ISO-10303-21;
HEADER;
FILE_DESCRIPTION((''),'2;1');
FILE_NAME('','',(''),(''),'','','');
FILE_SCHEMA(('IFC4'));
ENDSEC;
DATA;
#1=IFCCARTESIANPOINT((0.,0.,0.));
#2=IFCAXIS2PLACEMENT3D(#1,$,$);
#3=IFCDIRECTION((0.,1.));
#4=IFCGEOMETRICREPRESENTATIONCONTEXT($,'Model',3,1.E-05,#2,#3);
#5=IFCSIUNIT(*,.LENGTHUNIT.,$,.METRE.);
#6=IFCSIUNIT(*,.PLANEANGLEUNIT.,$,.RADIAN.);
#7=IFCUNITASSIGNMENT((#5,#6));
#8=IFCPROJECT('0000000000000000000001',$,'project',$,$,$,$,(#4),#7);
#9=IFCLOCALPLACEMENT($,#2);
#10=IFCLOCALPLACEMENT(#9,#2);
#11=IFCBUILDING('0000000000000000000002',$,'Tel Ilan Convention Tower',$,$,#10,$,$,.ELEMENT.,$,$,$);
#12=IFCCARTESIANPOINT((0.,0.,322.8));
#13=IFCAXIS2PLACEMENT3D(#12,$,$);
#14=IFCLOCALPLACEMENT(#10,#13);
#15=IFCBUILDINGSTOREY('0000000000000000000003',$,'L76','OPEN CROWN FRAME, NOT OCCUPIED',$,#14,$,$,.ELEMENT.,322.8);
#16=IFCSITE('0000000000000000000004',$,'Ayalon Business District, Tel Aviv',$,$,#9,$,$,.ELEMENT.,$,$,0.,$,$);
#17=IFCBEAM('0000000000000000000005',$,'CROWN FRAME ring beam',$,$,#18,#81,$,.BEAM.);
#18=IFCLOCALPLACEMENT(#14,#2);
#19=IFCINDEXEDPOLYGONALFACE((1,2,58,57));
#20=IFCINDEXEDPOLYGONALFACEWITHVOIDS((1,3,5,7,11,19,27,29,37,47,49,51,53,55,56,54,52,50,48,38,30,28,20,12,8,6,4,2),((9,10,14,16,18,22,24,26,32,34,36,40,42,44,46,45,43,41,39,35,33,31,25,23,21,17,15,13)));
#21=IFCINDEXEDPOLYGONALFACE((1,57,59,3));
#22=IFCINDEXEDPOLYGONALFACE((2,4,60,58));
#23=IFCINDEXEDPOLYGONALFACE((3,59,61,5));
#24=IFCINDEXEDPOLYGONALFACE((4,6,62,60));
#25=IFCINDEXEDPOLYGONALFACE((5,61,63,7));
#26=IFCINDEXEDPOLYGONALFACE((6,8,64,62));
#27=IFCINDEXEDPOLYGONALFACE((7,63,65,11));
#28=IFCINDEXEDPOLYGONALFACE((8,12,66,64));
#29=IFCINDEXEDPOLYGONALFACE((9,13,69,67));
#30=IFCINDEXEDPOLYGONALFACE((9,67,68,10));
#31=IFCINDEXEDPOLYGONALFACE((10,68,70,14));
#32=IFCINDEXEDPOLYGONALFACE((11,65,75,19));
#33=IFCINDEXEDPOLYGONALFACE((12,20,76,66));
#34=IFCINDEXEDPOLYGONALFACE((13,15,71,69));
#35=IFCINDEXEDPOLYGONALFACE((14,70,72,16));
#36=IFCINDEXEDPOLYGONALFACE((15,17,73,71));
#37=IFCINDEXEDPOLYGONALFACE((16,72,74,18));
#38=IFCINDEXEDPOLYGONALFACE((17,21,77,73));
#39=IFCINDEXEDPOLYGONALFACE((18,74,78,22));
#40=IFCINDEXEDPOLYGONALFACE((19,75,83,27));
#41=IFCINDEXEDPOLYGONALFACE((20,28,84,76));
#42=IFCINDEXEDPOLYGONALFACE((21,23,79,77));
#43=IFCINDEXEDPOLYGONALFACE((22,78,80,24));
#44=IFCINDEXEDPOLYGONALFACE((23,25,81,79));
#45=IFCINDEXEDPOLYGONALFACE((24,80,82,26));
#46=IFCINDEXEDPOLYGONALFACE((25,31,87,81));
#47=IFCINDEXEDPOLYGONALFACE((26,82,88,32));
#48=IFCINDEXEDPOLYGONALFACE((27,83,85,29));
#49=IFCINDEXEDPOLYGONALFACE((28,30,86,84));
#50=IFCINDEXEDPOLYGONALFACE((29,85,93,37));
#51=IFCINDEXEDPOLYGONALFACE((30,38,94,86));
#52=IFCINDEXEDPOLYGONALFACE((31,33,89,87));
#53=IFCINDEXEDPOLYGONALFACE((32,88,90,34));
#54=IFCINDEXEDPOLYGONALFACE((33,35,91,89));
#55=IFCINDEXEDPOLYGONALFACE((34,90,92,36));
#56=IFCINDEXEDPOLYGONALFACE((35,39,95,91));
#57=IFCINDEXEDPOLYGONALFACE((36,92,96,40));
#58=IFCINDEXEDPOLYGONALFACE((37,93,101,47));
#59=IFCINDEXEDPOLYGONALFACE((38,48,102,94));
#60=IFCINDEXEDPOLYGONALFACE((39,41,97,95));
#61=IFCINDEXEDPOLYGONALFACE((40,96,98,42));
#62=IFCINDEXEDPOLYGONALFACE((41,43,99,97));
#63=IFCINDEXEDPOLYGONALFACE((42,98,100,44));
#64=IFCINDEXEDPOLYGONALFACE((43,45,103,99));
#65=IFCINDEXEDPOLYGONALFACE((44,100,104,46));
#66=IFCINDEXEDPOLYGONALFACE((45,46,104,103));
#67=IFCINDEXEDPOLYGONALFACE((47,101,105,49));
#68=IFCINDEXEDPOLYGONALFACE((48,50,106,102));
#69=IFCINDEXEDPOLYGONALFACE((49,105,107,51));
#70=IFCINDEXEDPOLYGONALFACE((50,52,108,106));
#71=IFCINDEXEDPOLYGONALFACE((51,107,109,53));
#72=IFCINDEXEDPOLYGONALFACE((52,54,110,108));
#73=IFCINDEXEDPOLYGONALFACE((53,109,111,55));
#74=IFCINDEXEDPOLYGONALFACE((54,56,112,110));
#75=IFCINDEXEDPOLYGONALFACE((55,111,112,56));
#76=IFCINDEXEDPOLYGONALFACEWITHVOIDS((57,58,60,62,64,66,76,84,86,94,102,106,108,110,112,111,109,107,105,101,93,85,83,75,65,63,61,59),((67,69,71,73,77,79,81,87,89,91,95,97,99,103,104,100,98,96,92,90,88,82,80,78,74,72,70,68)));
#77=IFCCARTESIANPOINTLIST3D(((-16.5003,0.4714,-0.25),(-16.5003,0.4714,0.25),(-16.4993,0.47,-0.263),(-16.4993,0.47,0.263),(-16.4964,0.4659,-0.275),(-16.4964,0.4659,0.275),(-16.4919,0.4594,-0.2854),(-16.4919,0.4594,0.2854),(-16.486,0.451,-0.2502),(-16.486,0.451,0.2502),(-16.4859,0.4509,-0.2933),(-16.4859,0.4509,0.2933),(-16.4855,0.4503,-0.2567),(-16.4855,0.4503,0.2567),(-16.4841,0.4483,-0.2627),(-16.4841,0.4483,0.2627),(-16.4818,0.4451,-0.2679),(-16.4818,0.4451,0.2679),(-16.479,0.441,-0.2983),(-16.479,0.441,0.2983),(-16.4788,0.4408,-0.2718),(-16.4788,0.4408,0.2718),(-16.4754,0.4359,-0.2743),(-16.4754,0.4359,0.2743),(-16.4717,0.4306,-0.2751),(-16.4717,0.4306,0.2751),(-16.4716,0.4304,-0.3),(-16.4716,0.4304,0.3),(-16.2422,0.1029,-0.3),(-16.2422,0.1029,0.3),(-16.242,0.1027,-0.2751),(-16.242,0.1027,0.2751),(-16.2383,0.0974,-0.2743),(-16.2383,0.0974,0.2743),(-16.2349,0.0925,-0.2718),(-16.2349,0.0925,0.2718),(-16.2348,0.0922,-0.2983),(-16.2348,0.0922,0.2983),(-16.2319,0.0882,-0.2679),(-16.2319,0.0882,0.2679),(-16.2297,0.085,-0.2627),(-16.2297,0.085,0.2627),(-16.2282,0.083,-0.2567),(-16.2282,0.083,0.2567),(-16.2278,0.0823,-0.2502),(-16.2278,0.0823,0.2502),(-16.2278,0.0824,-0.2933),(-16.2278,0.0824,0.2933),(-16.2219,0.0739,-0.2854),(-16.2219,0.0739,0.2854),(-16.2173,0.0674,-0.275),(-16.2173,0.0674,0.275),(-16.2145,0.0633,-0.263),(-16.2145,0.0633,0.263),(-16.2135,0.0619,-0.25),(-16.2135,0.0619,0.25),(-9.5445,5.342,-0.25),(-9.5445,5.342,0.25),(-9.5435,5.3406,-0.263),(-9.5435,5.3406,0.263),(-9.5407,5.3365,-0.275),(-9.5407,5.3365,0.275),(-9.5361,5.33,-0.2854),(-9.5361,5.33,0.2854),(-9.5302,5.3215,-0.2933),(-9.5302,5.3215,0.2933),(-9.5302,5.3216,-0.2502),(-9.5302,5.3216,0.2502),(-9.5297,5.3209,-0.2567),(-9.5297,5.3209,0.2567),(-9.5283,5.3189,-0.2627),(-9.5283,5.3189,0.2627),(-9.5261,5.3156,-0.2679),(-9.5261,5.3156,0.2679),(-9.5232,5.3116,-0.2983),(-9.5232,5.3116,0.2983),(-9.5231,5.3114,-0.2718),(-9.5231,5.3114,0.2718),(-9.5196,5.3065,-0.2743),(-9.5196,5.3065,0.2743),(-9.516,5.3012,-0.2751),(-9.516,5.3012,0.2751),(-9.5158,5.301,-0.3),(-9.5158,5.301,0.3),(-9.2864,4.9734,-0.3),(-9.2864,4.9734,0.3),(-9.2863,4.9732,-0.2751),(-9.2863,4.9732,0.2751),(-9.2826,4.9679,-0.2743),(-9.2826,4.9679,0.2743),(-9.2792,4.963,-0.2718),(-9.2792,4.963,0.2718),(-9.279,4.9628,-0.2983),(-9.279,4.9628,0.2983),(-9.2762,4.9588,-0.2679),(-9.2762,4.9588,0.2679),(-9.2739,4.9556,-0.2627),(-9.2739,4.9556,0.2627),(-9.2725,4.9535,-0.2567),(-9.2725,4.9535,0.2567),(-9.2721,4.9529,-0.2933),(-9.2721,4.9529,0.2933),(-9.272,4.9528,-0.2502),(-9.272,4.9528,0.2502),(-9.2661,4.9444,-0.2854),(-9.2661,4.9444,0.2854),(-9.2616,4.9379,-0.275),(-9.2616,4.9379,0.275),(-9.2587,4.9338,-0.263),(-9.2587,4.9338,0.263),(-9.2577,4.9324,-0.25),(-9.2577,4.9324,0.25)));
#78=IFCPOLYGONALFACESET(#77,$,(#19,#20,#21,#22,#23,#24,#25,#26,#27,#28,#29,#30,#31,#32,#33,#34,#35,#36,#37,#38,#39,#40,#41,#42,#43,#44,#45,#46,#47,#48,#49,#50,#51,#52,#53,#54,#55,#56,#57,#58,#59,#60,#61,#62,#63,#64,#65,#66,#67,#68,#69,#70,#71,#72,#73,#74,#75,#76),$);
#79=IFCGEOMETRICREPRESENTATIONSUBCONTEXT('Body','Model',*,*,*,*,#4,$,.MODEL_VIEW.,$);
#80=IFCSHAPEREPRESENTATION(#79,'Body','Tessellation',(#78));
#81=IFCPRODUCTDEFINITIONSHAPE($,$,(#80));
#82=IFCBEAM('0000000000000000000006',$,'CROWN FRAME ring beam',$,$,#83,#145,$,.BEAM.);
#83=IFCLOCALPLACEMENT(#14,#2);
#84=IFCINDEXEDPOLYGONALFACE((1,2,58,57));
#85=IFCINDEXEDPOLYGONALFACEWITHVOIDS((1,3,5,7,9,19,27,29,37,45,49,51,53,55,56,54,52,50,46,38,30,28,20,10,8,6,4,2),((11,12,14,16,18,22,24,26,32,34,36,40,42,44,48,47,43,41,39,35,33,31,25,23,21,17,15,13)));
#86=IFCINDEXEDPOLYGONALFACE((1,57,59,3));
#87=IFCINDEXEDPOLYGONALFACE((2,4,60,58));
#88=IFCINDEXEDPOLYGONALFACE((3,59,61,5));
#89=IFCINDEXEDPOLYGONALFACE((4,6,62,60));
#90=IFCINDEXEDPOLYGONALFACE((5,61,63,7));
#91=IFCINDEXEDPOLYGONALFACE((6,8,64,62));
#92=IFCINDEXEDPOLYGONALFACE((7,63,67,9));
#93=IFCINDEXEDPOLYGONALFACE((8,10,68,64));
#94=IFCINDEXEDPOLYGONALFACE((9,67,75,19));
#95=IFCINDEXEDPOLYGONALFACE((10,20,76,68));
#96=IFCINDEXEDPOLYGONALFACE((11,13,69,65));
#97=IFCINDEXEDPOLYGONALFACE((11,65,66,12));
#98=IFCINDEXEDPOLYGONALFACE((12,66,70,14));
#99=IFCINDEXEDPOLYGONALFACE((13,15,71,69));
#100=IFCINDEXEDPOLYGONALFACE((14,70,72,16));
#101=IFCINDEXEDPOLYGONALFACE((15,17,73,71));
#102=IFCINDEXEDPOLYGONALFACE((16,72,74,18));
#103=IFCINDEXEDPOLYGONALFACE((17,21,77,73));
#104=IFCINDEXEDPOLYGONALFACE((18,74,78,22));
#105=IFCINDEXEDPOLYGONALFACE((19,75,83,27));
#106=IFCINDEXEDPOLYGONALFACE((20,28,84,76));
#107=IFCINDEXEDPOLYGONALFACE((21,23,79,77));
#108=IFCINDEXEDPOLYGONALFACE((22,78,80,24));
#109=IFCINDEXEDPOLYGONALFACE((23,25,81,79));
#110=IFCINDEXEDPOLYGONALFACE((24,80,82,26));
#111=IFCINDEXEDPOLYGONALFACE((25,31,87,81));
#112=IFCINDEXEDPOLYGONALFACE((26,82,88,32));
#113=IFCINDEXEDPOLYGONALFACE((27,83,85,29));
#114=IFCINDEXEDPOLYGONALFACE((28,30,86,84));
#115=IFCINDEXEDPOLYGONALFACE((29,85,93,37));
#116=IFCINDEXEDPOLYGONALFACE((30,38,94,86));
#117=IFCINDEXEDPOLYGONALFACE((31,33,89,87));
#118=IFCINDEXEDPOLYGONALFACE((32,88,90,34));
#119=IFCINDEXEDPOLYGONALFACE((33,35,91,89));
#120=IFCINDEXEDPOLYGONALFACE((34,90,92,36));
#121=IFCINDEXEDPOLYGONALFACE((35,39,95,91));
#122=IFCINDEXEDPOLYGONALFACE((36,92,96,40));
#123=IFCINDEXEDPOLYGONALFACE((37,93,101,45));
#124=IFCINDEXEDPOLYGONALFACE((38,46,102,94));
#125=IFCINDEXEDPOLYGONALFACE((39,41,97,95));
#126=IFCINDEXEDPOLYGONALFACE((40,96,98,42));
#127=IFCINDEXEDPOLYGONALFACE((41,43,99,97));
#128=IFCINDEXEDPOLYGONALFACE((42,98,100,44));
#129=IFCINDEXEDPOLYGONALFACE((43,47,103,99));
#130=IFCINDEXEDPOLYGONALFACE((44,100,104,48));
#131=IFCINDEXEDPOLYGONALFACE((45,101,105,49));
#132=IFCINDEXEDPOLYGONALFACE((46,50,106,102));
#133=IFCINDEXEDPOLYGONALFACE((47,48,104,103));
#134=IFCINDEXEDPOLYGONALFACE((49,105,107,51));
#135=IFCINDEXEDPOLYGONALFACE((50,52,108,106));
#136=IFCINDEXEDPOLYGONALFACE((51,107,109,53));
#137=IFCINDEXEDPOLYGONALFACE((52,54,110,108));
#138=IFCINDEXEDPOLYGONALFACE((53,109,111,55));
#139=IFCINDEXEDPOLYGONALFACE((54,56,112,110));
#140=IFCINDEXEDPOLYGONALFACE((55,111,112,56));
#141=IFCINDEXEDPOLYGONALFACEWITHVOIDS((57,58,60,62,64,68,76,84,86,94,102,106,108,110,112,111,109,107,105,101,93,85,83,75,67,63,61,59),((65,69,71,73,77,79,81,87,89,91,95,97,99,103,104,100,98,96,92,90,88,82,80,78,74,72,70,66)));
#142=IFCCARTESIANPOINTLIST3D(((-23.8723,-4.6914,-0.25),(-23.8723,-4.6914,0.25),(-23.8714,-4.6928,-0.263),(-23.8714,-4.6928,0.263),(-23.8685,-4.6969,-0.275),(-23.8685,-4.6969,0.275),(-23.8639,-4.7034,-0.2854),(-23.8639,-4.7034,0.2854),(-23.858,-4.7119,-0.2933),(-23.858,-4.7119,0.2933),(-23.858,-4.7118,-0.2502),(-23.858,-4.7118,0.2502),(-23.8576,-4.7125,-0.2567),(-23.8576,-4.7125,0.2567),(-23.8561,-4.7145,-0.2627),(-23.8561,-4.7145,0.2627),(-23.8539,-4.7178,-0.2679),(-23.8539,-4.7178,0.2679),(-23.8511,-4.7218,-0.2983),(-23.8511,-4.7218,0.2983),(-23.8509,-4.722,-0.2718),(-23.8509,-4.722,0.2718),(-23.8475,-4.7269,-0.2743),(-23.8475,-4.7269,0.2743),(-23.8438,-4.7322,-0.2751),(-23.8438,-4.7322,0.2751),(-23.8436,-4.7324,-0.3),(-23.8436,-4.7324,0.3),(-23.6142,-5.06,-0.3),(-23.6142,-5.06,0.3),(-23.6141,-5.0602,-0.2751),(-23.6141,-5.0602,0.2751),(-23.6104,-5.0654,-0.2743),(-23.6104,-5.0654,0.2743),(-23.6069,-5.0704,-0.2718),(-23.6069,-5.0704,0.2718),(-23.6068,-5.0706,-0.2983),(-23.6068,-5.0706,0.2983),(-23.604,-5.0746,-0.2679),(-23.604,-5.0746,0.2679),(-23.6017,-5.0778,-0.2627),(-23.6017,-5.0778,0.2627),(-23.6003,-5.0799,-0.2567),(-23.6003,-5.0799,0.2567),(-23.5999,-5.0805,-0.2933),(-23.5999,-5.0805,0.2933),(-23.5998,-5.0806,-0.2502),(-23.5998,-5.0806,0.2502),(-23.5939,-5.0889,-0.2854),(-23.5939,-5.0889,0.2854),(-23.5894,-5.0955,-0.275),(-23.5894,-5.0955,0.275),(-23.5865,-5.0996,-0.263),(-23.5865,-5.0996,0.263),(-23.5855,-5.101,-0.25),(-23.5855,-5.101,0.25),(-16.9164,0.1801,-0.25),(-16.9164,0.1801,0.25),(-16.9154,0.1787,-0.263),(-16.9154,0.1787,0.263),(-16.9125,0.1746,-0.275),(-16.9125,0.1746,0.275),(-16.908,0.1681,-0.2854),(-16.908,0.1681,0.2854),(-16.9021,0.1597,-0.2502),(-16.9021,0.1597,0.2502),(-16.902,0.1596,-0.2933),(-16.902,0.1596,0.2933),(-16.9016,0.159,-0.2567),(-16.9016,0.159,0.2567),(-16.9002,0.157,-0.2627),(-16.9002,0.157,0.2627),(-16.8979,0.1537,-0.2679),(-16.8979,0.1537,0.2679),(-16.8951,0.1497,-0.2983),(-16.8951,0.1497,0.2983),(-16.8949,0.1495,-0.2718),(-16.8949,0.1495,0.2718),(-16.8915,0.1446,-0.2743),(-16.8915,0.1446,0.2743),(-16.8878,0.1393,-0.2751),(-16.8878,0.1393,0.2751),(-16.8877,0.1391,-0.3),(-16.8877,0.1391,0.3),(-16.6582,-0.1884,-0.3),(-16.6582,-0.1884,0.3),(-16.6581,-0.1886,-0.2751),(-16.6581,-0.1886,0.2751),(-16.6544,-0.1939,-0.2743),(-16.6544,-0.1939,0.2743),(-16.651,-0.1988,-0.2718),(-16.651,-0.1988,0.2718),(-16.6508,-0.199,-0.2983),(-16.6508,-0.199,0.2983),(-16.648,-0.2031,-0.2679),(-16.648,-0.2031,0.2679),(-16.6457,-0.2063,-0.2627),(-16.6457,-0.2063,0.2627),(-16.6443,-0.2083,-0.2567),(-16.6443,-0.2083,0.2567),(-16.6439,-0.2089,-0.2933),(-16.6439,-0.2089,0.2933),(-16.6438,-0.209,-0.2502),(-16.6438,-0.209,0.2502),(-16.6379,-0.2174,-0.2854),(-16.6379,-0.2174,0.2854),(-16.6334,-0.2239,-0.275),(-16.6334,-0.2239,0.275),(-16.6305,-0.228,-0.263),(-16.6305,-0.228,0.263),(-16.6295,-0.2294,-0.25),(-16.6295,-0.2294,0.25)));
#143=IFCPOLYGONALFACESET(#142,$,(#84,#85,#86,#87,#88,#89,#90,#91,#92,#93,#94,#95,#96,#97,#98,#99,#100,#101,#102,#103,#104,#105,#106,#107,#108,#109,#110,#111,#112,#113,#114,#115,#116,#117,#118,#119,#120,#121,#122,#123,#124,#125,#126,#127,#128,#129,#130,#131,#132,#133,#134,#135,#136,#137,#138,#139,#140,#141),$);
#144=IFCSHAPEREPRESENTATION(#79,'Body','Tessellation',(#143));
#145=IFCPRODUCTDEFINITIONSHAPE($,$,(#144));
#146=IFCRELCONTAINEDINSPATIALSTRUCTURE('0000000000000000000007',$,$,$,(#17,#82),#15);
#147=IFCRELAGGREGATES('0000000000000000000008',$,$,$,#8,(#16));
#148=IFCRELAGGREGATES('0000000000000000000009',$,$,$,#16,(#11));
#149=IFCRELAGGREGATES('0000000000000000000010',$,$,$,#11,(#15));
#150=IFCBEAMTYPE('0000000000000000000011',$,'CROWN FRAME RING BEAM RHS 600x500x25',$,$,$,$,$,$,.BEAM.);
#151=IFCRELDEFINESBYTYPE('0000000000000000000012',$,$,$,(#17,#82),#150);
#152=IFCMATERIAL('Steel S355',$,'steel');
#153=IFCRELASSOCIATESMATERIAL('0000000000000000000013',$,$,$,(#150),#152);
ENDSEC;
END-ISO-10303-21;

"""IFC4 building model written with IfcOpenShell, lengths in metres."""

from ifc_helpers import new_model, si_unit, direction, frame, origin, origin_2d, place, context, subcontext, project, spatial, hollow_rectangle, extrude, material, material_profile, profile_set, type_object, element, save


model = new_model("IFC4")

# Units and contexts
model_context = context("Model", 3, precision=1e-05, world=origin(), true_north=direction((0.0, 1.0)))
body_context = subcontext(model_context, "Body", "Model", "MODEL_VIEW")
ifc_project = project(units=[si_unit("LENGTHUNIT", "METRE"), si_unit("PLANEANGLEUNIT", "RADIAN")], contexts=[model_context])

# Site, building, storey
site_placement = place(None, origin())
site = spatial("IfcSite", under=ifc_project, at=site_placement, Name="Ayalon Business District, Tel Aviv", CompositionType="ELEMENT", RefElevation=0.0)
building_placement = place(site_placement, origin())
building = spatial("IfcBuilding", under=site, at=building_placement, Name="Tel Ilan Convention Tower", CompositionType="ELEMENT")
storey_placement = place(building_placement, frame((0.0, 0.0, 322.8)))
storey = spatial("IfcBuildingStorey", under=building, at=storey_placement, Name="L76", Description="OPEN CROWN FRAME, NOT OCCUPIED", CompositionType="ELEMENT", Elevation=322.8)

# Beams
ifc_material_1 = material(Name="Steel S355", Category="steel")
ifc_material_profile_1 = material_profile(ifc_material_1, hollow_rectangle(XDim=0.5, YDim=0.6001, WallThickness=0.0249, InnerFilletRadius=0.0249, OuterFilletRadius=0.05, at=origin_2d()), Name="RHS 600x500x25")
ifc_profile_set_1 = profile_set([ifc_material_profile_1], Name="Steel S355")
beam_type = type_object("IfcBeamType", Name="CROWN FRAME RING BEAM RHS 600x500x25", PredefinedType="BEAM", material=ifc_profile_set_1)
beam_1_placement = place(storey_placement, frame((-9.4011, 5.1372, 0.0), z_axis=(-0.819147, -0.573584, 0.0), x_axis=(0.573584, -0.819147, 0.0)))
element("IfcBeam", 1, at=beam_1_placement, inside=storey, type_object=beam_type, Name="CROWN FRAME ring beam", PredefinedType="BEAM", context=body_context, shape_type="SweptSolid", body=[
    extrude(hollow_rectangle(XDim=0.5, YDim=0.6001, WallThickness=0.0249, InnerFilletRadius=0.0249, OuterFilletRadius=0.05, at=origin_2d()), origin(), (0.0, 0.0, 1.0), 8.4915),
])
beam_2_placement = place(storey_placement, frame((-16.7729, -0.0247, 0.0), z_axis=(-0.819102, -0.573648, 0.0), x_axis=(0.573648, -0.819102, 0.0)))
element("IfcBeam", 2, at=beam_2_placement, inside=storey, type_object=beam_type, Name="CROWN FRAME ring beam", PredefinedType="BEAM", context=body_context, shape_type="SweptSolid", body=[
    extrude(hollow_rectangle(XDim=0.5, YDim=0.6001, WallThickness=0.0249, InnerFilletRadius=0.0249, OuterFilletRadius=0.05, at=origin_2d()), origin(), (0.0, 0.0, 1.0), 8.4922),
])

save(model, "model.ifc")
